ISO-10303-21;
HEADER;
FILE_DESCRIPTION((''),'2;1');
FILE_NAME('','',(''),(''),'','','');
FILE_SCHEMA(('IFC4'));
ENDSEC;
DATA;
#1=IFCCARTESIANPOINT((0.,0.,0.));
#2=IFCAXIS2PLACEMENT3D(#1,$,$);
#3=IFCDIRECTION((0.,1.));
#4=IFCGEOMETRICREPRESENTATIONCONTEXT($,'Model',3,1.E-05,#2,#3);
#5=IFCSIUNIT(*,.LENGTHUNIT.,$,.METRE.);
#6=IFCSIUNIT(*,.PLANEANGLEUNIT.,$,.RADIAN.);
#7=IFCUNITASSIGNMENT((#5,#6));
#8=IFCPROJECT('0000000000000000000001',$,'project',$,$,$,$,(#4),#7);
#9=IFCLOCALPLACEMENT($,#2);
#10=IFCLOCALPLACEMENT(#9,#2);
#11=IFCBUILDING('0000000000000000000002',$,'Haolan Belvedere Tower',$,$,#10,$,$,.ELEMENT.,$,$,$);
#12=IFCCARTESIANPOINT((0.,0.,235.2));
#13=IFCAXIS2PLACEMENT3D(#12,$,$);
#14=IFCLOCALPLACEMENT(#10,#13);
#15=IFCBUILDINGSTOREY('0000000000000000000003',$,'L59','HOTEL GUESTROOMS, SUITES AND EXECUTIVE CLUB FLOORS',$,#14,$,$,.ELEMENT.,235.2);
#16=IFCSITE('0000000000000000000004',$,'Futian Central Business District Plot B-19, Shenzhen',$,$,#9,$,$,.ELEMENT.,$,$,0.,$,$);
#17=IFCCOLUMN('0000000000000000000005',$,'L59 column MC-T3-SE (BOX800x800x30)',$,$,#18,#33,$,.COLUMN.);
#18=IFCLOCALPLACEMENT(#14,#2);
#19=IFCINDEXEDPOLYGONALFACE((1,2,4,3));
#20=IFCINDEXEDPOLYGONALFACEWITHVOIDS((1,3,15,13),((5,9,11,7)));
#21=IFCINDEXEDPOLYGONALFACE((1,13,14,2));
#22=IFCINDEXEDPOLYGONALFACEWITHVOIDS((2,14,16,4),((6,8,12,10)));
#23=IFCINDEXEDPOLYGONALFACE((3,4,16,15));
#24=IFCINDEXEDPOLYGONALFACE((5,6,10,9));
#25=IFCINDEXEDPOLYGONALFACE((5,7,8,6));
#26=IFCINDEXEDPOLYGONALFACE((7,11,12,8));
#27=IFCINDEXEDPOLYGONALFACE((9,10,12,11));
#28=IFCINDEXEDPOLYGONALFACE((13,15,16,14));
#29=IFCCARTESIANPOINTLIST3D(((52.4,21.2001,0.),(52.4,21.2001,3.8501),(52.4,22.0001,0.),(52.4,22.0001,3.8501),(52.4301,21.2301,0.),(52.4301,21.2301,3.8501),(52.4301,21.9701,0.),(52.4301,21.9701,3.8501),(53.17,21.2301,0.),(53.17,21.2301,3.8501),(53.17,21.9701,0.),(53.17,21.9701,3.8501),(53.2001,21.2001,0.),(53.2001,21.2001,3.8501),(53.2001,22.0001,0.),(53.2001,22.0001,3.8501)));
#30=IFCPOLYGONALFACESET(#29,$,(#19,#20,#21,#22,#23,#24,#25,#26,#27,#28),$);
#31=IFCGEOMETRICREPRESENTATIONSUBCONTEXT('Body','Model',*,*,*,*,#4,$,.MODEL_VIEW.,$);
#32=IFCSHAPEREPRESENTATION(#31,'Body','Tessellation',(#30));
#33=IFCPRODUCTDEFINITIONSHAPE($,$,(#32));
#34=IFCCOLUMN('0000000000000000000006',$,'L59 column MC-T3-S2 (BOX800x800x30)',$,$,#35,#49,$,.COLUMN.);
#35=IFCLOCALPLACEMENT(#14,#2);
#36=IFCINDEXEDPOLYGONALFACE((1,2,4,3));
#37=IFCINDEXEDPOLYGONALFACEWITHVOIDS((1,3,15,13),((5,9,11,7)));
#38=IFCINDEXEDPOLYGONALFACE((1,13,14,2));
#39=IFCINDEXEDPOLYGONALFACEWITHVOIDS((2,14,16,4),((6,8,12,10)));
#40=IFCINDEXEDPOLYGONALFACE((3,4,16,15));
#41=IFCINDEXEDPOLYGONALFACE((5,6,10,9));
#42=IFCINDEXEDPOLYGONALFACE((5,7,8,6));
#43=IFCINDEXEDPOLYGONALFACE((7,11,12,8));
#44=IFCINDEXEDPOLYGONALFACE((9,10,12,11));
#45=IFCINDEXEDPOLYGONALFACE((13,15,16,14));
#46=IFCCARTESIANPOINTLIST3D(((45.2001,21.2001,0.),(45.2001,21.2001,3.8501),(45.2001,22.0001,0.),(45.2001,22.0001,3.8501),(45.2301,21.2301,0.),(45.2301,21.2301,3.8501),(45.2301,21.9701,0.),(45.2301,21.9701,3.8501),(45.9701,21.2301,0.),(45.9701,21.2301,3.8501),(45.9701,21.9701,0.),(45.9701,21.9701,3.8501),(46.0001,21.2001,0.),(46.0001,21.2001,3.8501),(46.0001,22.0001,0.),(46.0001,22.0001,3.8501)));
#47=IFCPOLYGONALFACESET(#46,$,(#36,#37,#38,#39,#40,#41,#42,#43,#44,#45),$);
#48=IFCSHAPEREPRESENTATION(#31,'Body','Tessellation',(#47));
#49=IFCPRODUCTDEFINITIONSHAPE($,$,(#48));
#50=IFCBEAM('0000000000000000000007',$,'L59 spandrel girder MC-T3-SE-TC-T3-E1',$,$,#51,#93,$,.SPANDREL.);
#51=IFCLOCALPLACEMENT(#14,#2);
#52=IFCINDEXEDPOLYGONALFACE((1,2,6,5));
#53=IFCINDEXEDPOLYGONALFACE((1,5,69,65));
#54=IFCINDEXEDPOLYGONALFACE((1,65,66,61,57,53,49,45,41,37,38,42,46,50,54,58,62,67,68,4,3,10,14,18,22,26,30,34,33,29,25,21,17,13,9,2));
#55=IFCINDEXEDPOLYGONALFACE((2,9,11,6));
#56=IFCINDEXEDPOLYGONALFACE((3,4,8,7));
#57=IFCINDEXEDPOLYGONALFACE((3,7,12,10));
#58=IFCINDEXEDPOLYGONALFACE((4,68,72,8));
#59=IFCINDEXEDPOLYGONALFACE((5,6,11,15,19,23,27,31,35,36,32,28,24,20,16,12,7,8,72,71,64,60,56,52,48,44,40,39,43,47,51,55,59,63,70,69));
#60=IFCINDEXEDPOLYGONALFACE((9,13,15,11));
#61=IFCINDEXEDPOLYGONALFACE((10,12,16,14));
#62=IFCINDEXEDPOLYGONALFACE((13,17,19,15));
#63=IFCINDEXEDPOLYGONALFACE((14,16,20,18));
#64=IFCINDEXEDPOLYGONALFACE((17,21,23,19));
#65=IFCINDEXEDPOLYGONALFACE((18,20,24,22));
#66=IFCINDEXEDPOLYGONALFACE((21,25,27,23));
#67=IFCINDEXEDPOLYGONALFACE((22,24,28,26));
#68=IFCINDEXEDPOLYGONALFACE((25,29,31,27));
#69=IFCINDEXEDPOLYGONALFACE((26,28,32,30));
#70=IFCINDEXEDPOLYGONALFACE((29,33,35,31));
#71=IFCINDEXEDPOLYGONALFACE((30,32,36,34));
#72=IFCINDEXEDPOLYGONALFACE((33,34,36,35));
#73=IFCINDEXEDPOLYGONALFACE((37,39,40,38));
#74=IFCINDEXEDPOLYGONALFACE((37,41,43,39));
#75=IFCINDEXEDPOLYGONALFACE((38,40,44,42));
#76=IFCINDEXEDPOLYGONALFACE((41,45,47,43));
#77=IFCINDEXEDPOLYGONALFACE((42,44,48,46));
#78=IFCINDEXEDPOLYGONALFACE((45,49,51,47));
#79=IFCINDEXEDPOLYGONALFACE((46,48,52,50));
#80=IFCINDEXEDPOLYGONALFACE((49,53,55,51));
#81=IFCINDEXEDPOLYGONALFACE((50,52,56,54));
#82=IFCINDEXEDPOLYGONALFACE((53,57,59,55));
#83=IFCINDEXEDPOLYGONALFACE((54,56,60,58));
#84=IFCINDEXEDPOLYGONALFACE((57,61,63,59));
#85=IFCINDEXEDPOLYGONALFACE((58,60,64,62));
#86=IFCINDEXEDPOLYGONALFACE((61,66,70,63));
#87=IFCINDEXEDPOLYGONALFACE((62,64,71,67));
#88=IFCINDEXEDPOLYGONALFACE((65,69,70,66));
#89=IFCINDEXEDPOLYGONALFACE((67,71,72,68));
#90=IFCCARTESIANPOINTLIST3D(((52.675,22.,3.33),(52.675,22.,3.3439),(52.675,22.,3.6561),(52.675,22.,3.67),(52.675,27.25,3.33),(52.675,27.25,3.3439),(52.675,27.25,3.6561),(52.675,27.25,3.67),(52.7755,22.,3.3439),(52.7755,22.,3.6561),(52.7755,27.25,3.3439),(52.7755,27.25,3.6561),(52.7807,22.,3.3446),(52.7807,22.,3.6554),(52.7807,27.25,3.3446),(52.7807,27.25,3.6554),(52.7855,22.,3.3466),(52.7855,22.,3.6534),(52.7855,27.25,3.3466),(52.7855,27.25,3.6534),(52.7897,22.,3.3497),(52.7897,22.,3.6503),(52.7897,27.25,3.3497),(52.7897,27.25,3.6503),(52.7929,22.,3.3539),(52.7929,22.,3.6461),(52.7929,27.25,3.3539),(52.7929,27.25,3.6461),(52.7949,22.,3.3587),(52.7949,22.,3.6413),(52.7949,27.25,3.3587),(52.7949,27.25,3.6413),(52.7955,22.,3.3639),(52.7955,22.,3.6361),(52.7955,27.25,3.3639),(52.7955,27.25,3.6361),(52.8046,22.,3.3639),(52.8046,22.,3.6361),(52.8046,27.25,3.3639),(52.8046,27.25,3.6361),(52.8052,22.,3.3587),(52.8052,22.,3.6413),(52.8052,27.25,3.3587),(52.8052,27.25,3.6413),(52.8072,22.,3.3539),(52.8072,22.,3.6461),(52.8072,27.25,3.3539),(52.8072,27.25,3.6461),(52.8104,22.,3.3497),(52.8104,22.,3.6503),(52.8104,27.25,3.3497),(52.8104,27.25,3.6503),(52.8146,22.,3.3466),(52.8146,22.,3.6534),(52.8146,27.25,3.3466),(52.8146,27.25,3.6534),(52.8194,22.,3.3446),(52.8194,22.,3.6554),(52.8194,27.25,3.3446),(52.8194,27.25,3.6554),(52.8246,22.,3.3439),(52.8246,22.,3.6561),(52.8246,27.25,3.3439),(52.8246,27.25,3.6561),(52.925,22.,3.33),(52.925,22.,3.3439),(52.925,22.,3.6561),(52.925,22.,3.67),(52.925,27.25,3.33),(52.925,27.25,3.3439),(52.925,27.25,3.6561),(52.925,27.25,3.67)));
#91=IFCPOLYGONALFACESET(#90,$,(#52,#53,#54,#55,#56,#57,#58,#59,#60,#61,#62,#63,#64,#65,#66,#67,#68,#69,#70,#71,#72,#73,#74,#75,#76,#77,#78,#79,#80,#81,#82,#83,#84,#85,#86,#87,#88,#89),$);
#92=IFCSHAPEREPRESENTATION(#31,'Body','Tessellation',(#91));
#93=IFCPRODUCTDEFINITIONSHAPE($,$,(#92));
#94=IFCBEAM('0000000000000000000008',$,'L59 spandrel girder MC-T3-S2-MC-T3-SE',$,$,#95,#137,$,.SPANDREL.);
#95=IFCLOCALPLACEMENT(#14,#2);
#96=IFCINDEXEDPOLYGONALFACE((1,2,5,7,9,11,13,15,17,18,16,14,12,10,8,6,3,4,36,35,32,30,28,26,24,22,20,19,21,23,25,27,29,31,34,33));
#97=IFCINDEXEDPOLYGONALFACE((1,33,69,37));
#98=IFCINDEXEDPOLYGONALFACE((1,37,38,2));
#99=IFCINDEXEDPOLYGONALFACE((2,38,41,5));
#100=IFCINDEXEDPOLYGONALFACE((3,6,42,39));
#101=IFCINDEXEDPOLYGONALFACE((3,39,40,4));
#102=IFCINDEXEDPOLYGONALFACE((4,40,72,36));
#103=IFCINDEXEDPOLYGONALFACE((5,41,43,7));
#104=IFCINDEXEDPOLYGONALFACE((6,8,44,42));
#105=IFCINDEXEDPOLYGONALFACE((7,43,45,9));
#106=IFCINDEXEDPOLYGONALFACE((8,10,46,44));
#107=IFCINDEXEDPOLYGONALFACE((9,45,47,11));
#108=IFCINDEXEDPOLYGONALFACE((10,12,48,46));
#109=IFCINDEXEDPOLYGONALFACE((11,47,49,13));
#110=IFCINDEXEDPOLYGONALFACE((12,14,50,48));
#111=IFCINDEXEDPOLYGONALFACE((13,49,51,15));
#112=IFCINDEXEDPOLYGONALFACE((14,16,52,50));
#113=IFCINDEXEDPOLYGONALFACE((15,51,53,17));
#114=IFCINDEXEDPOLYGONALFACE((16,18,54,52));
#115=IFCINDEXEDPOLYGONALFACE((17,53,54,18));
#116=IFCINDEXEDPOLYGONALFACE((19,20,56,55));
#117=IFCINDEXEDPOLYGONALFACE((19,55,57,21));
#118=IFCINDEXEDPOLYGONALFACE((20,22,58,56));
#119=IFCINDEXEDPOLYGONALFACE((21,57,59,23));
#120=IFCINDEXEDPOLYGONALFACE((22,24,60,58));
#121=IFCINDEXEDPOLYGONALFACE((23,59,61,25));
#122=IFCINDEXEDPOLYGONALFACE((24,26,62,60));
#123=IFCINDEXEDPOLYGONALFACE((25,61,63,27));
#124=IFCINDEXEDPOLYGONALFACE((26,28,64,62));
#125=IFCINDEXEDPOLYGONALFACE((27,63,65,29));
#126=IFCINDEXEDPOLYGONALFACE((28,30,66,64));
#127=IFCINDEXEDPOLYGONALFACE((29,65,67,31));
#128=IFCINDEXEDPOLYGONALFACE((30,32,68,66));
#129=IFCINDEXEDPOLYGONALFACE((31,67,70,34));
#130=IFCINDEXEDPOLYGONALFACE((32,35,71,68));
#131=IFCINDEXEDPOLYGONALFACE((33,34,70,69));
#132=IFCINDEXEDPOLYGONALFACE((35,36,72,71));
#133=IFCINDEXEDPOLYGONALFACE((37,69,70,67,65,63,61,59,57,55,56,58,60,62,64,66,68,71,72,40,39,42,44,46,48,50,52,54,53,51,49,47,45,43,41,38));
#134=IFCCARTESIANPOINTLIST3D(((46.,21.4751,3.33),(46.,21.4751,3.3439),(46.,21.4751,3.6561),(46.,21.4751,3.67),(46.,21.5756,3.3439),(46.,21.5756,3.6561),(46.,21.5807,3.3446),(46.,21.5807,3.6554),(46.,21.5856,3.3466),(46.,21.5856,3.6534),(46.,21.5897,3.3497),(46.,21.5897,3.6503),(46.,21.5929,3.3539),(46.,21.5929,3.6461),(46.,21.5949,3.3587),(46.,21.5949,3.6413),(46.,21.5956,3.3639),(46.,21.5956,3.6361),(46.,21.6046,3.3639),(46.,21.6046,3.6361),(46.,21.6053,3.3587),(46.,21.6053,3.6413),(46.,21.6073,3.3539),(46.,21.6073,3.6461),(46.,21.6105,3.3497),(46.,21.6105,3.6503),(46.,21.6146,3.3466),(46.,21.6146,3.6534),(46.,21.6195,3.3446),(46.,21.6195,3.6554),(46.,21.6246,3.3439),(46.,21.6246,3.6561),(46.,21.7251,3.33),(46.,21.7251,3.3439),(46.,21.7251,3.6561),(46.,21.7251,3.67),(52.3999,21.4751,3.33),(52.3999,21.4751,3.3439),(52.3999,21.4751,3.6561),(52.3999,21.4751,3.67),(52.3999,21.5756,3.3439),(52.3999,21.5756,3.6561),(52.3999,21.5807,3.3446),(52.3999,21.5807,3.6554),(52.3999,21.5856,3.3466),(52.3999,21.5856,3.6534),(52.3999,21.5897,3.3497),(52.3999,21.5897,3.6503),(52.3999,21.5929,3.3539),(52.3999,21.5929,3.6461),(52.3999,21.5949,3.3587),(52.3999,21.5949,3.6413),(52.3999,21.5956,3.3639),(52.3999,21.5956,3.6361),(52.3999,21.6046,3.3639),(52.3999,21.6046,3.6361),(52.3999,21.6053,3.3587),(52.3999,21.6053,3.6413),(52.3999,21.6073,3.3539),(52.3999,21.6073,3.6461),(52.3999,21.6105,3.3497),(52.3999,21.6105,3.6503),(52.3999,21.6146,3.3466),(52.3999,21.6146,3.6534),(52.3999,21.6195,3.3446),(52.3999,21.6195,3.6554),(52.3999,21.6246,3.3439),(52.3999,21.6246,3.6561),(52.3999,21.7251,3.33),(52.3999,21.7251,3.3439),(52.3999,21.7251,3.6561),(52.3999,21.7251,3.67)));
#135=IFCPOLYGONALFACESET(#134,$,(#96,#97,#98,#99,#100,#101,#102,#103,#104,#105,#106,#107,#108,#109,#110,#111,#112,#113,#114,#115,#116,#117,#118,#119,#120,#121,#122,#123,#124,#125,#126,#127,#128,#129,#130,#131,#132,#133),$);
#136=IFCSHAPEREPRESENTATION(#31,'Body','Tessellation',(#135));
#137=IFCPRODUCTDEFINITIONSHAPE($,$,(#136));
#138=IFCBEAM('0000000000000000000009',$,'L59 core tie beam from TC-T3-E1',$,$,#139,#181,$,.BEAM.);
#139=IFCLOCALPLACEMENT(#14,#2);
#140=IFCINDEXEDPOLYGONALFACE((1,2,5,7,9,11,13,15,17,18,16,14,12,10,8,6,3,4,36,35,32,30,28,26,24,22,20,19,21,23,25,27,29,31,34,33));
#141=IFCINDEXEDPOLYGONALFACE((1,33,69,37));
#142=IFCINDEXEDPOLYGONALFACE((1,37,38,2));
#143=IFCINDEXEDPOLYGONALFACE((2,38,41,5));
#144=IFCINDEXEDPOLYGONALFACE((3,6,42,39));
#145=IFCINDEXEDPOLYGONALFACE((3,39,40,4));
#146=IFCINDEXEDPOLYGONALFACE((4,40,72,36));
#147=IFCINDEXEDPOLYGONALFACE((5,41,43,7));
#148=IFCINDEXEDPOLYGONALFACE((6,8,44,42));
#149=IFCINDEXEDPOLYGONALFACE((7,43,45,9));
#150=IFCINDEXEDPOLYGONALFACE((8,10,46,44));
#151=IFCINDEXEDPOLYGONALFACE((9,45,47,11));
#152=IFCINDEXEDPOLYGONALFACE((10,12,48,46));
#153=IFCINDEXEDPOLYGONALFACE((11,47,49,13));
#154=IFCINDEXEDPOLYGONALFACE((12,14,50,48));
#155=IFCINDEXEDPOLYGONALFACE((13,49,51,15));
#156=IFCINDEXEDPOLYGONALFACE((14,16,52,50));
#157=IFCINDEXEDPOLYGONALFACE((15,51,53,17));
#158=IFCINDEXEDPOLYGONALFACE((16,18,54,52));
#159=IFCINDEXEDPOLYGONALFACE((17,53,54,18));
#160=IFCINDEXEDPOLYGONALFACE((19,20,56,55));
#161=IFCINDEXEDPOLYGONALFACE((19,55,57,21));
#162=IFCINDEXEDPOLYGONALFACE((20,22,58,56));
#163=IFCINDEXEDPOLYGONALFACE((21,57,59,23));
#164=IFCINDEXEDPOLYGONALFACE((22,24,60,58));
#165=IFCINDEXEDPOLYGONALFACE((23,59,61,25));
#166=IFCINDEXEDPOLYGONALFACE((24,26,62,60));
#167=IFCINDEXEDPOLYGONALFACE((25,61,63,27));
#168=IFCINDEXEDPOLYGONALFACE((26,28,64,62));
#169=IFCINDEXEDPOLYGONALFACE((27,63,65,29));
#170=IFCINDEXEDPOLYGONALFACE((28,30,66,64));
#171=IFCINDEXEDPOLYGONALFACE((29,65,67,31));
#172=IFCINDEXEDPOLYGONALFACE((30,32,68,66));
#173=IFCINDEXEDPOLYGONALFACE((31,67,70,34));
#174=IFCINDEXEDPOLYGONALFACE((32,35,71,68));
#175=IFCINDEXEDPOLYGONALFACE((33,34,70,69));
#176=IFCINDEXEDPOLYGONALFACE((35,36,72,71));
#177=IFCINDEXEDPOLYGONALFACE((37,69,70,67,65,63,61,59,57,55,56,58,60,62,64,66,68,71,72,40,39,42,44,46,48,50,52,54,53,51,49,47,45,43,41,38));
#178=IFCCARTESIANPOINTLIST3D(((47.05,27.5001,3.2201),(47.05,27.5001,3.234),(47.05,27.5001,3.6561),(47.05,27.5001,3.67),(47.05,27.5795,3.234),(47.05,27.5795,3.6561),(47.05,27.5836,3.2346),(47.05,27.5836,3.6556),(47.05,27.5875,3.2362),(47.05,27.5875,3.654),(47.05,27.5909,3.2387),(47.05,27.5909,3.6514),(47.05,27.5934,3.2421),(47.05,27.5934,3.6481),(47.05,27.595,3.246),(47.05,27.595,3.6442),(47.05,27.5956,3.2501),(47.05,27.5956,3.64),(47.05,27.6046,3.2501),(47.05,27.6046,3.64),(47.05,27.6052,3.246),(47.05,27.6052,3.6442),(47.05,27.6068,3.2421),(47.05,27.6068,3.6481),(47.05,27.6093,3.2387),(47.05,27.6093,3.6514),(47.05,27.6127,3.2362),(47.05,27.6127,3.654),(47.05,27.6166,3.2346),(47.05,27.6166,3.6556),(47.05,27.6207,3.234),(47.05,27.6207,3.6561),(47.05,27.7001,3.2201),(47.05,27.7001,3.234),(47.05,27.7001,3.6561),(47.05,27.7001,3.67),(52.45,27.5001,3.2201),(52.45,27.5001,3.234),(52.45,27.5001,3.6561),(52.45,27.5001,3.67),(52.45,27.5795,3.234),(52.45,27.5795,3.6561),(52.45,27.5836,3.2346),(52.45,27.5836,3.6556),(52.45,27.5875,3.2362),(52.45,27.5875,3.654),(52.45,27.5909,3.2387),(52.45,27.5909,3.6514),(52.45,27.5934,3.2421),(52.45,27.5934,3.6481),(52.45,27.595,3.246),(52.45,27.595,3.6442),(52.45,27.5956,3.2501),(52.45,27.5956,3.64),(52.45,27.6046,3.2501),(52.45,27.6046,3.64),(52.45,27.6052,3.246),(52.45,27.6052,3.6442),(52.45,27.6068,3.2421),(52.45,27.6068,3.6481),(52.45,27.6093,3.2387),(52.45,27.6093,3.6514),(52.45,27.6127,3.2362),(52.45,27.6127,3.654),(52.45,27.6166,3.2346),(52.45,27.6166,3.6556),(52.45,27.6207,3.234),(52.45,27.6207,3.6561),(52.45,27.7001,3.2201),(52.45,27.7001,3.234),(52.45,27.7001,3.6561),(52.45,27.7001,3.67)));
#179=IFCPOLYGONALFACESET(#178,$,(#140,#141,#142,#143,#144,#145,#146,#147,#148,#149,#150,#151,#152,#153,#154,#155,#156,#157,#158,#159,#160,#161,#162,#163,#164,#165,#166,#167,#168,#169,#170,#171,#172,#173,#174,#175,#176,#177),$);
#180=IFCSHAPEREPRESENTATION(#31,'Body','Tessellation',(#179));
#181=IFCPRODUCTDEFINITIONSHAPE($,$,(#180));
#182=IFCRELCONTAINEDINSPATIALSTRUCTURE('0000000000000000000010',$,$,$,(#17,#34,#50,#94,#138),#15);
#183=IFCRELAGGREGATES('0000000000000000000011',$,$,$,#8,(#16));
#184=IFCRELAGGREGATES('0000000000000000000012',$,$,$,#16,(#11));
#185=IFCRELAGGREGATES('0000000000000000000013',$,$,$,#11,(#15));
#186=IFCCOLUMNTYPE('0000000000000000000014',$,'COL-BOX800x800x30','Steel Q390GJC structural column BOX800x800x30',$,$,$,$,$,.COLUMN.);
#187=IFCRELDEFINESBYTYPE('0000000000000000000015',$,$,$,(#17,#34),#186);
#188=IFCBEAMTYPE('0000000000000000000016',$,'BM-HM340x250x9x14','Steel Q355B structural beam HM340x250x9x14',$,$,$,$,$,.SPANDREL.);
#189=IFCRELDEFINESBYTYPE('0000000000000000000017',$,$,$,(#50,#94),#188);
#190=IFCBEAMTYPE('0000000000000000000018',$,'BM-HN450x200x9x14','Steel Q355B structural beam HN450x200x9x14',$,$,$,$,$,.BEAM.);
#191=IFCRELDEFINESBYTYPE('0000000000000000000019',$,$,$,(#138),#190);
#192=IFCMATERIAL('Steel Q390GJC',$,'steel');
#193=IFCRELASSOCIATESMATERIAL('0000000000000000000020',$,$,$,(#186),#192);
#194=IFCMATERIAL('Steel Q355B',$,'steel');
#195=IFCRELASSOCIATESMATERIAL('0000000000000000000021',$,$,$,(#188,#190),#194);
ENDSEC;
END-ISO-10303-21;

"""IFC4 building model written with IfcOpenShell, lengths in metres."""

from ifc_helpers import new_model, si_unit, direction, frame, origin, origin_2d, place, context, subcontext, project, spatial, hollow_rectangle, i_section, extrude, material, material_profile, profile_set, type_object, element, save


model = new_model("IFC4")

# Units and contexts
model_context = context("Model", 3, precision=1e-05, world=origin(), true_north=direction((0.0, 1.0)))
body_context = subcontext(model_context, "Body", "Model", "MODEL_VIEW")
ifc_project = project(units=[si_unit("LENGTHUNIT", "METRE"), si_unit("PLANEANGLEUNIT", "RADIAN")], contexts=[model_context])

# Site, building, storey
site_placement = place(None, origin())
site = spatial("IfcSite", under=ifc_project, at=site_placement, Name="Futian Central Business District Plot B-19, Shenzhen", CompositionType="ELEMENT", RefElevation=0.0)
building_placement = place(site_placement, origin())
building = spatial("IfcBuilding", under=site, at=building_placement, Name="Haolan Belvedere Tower", CompositionType="ELEMENT")
storey_placement = place(building_placement, frame((0.0, 0.0, 235.2)))
storey = spatial("IfcBuildingStorey", under=building, at=storey_placement, Name="L59", Description="HOTEL GUESTROOMS, SUITES AND EXECUTIVE CLUB FLOORS", CompositionType="ELEMENT", Elevation=235.2)

# Columns
ifc_material_1 = material(Name="Steel Q390GJC", Category="steel")
ifc_material_profile_1 = material_profile(ifc_material_1, hollow_rectangle(XDim=0.8, YDim=0.8, WallThickness=0.03, at=origin_2d()), Name="Steel Q390GJC")
ifc_profile_set_1 = profile_set([ifc_material_profile_1], Name="Steel Q390GJC")
column_type = type_object("IfcColumnType", Name="COL-BOX800x800x30", Description="Steel Q390GJC structural column BOX800x800x30", PredefinedType="COLUMN", material=ifc_profile_set_1)
for number, where, z_axis, x_axis, name in (
    (1, (52.8, 21.6001, 0.0), (0.0, 0.0, 1.0), (1.0, 0.0, 0.0), "L59 column MC-T3-SE (BOX800x800x30)"),
    (2, (45.6001, 21.6001, 0.0), (0.0, 0.0, 1.0), (1.0, 0.0, 0.0), "L59 column MC-T3-S2 (BOX800x800x30)"),
):
    element("IfcColumn", number, at=place(storey_placement, frame(where, z_axis=z_axis, x_axis=x_axis)), inside=storey, type_object=column_type, Name=name, PredefinedType="COLUMN", context=body_context, shape_type="SweptSolid", body=[
        extrude(hollow_rectangle(XDim=0.8, YDim=0.8, WallThickness=0.03, at=origin_2d()), origin(), (0.0, 0.0, 1.0), 3.8501),
    ])

# Beams
ifc_material_2 = material(Name="Steel Q355B", Category="steel")
ifc_material_profile_2 = material_profile(ifc_material_2, i_section(OverallWidth=0.25, OverallDepth=0.3401, WebThickness=0.009, FlangeThickness=0.0139, FilletRadius=0.02, at=origin_2d()), Name="Steel Q355B")
ifc_profile_set_2 = profile_set([ifc_material_profile_2], Name="Steel Q355B")
beam_type_1 = type_object("IfcBeamType", Name="BM-HM340x250x9x14", Description="Steel Q355B structural beam HM340x250x9x14", PredefinedType="SPANDREL", material=ifc_profile_set_2)
beam_1_placement = place(storey_placement, frame((52.8, 22.0, 3.5), z_axis=(0.0, 1.0, 0.0), x_axis=(-1.0, 0.0, 0.0)))
element("IfcBeam", 3, at=beam_1_placement, inside=storey, type_object=beam_type_1, Name="L59 spandrel girder MC-T3-SE-TC-T3-E1", PredefinedType="SPANDREL", context=body_context, shape_type="SweptSolid", body=[
    extrude(i_section(OverallWidth=0.25, OverallDepth=0.3401, WebThickness=0.009, FlangeThickness=0.0139, FilletRadius=0.02, at=origin_2d()), origin(), (0.0, 0.0, 1.0), 5.25),
])
beam_2_placement = place(storey_placement, frame((46.0, 21.6001, 3.5), z_axis=(1.0, 0.0, 0.0), x_axis=(0.0, 1.0, 0.0)))
element("IfcBeam", 4, at=beam_2_placement, inside=storey, type_object=beam_type_1, Name="L59 spandrel girder MC-T3-S2-MC-T3-SE", PredefinedType="SPANDREL", context=body_context, shape_type="SweptSolid", body=[
    extrude(i_section(OverallWidth=0.25, OverallDepth=0.3401, WebThickness=0.009, FlangeThickness=0.0139, FilletRadius=0.02, at=origin_2d()), origin(), (0.0, 0.0, 1.0), 6.3999),
])
ifc_material_profile_3 = material_profile(ifc_material_2, i_section(OverallWidth=0.2, OverallDepth=0.45, WebThickness=0.009, FlangeThickness=0.0139, FilletRadius=0.0161, at=origin_2d()), Name="Steel Q355B")
ifc_profile_set_3 = profile_set([ifc_material_profile_3], Name="Steel Q355B")
beam_type_2 = type_object("IfcBeamType", Name="BM-HN450x200x9x14", Description="Steel Q355B structural beam HN450x200x9x14", PredefinedType="BEAM", material=ifc_profile_set_3)
beam_3_placement = place(storey_placement, frame((52.45, 27.6001, 3.4451), z_axis=(-1.0, 0.0, 0.0), x_axis=(0.0, -1.0, 0.0)))
element("IfcBeam", 5, at=beam_3_placement, inside=storey, type_object=beam_type_2, Name="L59 core tie beam from TC-T3-E1", PredefinedType="BEAM", context=body_context, shape_type="SweptSolid", body=[
    extrude(i_section(OverallWidth=0.2, OverallDepth=0.45, WebThickness=0.009, FlangeThickness=0.0139, FilletRadius=0.0161, at=origin_2d()), origin(), (0.0, 0.0, 1.0), 5.3999),
])

save(model, "model.ifc")
